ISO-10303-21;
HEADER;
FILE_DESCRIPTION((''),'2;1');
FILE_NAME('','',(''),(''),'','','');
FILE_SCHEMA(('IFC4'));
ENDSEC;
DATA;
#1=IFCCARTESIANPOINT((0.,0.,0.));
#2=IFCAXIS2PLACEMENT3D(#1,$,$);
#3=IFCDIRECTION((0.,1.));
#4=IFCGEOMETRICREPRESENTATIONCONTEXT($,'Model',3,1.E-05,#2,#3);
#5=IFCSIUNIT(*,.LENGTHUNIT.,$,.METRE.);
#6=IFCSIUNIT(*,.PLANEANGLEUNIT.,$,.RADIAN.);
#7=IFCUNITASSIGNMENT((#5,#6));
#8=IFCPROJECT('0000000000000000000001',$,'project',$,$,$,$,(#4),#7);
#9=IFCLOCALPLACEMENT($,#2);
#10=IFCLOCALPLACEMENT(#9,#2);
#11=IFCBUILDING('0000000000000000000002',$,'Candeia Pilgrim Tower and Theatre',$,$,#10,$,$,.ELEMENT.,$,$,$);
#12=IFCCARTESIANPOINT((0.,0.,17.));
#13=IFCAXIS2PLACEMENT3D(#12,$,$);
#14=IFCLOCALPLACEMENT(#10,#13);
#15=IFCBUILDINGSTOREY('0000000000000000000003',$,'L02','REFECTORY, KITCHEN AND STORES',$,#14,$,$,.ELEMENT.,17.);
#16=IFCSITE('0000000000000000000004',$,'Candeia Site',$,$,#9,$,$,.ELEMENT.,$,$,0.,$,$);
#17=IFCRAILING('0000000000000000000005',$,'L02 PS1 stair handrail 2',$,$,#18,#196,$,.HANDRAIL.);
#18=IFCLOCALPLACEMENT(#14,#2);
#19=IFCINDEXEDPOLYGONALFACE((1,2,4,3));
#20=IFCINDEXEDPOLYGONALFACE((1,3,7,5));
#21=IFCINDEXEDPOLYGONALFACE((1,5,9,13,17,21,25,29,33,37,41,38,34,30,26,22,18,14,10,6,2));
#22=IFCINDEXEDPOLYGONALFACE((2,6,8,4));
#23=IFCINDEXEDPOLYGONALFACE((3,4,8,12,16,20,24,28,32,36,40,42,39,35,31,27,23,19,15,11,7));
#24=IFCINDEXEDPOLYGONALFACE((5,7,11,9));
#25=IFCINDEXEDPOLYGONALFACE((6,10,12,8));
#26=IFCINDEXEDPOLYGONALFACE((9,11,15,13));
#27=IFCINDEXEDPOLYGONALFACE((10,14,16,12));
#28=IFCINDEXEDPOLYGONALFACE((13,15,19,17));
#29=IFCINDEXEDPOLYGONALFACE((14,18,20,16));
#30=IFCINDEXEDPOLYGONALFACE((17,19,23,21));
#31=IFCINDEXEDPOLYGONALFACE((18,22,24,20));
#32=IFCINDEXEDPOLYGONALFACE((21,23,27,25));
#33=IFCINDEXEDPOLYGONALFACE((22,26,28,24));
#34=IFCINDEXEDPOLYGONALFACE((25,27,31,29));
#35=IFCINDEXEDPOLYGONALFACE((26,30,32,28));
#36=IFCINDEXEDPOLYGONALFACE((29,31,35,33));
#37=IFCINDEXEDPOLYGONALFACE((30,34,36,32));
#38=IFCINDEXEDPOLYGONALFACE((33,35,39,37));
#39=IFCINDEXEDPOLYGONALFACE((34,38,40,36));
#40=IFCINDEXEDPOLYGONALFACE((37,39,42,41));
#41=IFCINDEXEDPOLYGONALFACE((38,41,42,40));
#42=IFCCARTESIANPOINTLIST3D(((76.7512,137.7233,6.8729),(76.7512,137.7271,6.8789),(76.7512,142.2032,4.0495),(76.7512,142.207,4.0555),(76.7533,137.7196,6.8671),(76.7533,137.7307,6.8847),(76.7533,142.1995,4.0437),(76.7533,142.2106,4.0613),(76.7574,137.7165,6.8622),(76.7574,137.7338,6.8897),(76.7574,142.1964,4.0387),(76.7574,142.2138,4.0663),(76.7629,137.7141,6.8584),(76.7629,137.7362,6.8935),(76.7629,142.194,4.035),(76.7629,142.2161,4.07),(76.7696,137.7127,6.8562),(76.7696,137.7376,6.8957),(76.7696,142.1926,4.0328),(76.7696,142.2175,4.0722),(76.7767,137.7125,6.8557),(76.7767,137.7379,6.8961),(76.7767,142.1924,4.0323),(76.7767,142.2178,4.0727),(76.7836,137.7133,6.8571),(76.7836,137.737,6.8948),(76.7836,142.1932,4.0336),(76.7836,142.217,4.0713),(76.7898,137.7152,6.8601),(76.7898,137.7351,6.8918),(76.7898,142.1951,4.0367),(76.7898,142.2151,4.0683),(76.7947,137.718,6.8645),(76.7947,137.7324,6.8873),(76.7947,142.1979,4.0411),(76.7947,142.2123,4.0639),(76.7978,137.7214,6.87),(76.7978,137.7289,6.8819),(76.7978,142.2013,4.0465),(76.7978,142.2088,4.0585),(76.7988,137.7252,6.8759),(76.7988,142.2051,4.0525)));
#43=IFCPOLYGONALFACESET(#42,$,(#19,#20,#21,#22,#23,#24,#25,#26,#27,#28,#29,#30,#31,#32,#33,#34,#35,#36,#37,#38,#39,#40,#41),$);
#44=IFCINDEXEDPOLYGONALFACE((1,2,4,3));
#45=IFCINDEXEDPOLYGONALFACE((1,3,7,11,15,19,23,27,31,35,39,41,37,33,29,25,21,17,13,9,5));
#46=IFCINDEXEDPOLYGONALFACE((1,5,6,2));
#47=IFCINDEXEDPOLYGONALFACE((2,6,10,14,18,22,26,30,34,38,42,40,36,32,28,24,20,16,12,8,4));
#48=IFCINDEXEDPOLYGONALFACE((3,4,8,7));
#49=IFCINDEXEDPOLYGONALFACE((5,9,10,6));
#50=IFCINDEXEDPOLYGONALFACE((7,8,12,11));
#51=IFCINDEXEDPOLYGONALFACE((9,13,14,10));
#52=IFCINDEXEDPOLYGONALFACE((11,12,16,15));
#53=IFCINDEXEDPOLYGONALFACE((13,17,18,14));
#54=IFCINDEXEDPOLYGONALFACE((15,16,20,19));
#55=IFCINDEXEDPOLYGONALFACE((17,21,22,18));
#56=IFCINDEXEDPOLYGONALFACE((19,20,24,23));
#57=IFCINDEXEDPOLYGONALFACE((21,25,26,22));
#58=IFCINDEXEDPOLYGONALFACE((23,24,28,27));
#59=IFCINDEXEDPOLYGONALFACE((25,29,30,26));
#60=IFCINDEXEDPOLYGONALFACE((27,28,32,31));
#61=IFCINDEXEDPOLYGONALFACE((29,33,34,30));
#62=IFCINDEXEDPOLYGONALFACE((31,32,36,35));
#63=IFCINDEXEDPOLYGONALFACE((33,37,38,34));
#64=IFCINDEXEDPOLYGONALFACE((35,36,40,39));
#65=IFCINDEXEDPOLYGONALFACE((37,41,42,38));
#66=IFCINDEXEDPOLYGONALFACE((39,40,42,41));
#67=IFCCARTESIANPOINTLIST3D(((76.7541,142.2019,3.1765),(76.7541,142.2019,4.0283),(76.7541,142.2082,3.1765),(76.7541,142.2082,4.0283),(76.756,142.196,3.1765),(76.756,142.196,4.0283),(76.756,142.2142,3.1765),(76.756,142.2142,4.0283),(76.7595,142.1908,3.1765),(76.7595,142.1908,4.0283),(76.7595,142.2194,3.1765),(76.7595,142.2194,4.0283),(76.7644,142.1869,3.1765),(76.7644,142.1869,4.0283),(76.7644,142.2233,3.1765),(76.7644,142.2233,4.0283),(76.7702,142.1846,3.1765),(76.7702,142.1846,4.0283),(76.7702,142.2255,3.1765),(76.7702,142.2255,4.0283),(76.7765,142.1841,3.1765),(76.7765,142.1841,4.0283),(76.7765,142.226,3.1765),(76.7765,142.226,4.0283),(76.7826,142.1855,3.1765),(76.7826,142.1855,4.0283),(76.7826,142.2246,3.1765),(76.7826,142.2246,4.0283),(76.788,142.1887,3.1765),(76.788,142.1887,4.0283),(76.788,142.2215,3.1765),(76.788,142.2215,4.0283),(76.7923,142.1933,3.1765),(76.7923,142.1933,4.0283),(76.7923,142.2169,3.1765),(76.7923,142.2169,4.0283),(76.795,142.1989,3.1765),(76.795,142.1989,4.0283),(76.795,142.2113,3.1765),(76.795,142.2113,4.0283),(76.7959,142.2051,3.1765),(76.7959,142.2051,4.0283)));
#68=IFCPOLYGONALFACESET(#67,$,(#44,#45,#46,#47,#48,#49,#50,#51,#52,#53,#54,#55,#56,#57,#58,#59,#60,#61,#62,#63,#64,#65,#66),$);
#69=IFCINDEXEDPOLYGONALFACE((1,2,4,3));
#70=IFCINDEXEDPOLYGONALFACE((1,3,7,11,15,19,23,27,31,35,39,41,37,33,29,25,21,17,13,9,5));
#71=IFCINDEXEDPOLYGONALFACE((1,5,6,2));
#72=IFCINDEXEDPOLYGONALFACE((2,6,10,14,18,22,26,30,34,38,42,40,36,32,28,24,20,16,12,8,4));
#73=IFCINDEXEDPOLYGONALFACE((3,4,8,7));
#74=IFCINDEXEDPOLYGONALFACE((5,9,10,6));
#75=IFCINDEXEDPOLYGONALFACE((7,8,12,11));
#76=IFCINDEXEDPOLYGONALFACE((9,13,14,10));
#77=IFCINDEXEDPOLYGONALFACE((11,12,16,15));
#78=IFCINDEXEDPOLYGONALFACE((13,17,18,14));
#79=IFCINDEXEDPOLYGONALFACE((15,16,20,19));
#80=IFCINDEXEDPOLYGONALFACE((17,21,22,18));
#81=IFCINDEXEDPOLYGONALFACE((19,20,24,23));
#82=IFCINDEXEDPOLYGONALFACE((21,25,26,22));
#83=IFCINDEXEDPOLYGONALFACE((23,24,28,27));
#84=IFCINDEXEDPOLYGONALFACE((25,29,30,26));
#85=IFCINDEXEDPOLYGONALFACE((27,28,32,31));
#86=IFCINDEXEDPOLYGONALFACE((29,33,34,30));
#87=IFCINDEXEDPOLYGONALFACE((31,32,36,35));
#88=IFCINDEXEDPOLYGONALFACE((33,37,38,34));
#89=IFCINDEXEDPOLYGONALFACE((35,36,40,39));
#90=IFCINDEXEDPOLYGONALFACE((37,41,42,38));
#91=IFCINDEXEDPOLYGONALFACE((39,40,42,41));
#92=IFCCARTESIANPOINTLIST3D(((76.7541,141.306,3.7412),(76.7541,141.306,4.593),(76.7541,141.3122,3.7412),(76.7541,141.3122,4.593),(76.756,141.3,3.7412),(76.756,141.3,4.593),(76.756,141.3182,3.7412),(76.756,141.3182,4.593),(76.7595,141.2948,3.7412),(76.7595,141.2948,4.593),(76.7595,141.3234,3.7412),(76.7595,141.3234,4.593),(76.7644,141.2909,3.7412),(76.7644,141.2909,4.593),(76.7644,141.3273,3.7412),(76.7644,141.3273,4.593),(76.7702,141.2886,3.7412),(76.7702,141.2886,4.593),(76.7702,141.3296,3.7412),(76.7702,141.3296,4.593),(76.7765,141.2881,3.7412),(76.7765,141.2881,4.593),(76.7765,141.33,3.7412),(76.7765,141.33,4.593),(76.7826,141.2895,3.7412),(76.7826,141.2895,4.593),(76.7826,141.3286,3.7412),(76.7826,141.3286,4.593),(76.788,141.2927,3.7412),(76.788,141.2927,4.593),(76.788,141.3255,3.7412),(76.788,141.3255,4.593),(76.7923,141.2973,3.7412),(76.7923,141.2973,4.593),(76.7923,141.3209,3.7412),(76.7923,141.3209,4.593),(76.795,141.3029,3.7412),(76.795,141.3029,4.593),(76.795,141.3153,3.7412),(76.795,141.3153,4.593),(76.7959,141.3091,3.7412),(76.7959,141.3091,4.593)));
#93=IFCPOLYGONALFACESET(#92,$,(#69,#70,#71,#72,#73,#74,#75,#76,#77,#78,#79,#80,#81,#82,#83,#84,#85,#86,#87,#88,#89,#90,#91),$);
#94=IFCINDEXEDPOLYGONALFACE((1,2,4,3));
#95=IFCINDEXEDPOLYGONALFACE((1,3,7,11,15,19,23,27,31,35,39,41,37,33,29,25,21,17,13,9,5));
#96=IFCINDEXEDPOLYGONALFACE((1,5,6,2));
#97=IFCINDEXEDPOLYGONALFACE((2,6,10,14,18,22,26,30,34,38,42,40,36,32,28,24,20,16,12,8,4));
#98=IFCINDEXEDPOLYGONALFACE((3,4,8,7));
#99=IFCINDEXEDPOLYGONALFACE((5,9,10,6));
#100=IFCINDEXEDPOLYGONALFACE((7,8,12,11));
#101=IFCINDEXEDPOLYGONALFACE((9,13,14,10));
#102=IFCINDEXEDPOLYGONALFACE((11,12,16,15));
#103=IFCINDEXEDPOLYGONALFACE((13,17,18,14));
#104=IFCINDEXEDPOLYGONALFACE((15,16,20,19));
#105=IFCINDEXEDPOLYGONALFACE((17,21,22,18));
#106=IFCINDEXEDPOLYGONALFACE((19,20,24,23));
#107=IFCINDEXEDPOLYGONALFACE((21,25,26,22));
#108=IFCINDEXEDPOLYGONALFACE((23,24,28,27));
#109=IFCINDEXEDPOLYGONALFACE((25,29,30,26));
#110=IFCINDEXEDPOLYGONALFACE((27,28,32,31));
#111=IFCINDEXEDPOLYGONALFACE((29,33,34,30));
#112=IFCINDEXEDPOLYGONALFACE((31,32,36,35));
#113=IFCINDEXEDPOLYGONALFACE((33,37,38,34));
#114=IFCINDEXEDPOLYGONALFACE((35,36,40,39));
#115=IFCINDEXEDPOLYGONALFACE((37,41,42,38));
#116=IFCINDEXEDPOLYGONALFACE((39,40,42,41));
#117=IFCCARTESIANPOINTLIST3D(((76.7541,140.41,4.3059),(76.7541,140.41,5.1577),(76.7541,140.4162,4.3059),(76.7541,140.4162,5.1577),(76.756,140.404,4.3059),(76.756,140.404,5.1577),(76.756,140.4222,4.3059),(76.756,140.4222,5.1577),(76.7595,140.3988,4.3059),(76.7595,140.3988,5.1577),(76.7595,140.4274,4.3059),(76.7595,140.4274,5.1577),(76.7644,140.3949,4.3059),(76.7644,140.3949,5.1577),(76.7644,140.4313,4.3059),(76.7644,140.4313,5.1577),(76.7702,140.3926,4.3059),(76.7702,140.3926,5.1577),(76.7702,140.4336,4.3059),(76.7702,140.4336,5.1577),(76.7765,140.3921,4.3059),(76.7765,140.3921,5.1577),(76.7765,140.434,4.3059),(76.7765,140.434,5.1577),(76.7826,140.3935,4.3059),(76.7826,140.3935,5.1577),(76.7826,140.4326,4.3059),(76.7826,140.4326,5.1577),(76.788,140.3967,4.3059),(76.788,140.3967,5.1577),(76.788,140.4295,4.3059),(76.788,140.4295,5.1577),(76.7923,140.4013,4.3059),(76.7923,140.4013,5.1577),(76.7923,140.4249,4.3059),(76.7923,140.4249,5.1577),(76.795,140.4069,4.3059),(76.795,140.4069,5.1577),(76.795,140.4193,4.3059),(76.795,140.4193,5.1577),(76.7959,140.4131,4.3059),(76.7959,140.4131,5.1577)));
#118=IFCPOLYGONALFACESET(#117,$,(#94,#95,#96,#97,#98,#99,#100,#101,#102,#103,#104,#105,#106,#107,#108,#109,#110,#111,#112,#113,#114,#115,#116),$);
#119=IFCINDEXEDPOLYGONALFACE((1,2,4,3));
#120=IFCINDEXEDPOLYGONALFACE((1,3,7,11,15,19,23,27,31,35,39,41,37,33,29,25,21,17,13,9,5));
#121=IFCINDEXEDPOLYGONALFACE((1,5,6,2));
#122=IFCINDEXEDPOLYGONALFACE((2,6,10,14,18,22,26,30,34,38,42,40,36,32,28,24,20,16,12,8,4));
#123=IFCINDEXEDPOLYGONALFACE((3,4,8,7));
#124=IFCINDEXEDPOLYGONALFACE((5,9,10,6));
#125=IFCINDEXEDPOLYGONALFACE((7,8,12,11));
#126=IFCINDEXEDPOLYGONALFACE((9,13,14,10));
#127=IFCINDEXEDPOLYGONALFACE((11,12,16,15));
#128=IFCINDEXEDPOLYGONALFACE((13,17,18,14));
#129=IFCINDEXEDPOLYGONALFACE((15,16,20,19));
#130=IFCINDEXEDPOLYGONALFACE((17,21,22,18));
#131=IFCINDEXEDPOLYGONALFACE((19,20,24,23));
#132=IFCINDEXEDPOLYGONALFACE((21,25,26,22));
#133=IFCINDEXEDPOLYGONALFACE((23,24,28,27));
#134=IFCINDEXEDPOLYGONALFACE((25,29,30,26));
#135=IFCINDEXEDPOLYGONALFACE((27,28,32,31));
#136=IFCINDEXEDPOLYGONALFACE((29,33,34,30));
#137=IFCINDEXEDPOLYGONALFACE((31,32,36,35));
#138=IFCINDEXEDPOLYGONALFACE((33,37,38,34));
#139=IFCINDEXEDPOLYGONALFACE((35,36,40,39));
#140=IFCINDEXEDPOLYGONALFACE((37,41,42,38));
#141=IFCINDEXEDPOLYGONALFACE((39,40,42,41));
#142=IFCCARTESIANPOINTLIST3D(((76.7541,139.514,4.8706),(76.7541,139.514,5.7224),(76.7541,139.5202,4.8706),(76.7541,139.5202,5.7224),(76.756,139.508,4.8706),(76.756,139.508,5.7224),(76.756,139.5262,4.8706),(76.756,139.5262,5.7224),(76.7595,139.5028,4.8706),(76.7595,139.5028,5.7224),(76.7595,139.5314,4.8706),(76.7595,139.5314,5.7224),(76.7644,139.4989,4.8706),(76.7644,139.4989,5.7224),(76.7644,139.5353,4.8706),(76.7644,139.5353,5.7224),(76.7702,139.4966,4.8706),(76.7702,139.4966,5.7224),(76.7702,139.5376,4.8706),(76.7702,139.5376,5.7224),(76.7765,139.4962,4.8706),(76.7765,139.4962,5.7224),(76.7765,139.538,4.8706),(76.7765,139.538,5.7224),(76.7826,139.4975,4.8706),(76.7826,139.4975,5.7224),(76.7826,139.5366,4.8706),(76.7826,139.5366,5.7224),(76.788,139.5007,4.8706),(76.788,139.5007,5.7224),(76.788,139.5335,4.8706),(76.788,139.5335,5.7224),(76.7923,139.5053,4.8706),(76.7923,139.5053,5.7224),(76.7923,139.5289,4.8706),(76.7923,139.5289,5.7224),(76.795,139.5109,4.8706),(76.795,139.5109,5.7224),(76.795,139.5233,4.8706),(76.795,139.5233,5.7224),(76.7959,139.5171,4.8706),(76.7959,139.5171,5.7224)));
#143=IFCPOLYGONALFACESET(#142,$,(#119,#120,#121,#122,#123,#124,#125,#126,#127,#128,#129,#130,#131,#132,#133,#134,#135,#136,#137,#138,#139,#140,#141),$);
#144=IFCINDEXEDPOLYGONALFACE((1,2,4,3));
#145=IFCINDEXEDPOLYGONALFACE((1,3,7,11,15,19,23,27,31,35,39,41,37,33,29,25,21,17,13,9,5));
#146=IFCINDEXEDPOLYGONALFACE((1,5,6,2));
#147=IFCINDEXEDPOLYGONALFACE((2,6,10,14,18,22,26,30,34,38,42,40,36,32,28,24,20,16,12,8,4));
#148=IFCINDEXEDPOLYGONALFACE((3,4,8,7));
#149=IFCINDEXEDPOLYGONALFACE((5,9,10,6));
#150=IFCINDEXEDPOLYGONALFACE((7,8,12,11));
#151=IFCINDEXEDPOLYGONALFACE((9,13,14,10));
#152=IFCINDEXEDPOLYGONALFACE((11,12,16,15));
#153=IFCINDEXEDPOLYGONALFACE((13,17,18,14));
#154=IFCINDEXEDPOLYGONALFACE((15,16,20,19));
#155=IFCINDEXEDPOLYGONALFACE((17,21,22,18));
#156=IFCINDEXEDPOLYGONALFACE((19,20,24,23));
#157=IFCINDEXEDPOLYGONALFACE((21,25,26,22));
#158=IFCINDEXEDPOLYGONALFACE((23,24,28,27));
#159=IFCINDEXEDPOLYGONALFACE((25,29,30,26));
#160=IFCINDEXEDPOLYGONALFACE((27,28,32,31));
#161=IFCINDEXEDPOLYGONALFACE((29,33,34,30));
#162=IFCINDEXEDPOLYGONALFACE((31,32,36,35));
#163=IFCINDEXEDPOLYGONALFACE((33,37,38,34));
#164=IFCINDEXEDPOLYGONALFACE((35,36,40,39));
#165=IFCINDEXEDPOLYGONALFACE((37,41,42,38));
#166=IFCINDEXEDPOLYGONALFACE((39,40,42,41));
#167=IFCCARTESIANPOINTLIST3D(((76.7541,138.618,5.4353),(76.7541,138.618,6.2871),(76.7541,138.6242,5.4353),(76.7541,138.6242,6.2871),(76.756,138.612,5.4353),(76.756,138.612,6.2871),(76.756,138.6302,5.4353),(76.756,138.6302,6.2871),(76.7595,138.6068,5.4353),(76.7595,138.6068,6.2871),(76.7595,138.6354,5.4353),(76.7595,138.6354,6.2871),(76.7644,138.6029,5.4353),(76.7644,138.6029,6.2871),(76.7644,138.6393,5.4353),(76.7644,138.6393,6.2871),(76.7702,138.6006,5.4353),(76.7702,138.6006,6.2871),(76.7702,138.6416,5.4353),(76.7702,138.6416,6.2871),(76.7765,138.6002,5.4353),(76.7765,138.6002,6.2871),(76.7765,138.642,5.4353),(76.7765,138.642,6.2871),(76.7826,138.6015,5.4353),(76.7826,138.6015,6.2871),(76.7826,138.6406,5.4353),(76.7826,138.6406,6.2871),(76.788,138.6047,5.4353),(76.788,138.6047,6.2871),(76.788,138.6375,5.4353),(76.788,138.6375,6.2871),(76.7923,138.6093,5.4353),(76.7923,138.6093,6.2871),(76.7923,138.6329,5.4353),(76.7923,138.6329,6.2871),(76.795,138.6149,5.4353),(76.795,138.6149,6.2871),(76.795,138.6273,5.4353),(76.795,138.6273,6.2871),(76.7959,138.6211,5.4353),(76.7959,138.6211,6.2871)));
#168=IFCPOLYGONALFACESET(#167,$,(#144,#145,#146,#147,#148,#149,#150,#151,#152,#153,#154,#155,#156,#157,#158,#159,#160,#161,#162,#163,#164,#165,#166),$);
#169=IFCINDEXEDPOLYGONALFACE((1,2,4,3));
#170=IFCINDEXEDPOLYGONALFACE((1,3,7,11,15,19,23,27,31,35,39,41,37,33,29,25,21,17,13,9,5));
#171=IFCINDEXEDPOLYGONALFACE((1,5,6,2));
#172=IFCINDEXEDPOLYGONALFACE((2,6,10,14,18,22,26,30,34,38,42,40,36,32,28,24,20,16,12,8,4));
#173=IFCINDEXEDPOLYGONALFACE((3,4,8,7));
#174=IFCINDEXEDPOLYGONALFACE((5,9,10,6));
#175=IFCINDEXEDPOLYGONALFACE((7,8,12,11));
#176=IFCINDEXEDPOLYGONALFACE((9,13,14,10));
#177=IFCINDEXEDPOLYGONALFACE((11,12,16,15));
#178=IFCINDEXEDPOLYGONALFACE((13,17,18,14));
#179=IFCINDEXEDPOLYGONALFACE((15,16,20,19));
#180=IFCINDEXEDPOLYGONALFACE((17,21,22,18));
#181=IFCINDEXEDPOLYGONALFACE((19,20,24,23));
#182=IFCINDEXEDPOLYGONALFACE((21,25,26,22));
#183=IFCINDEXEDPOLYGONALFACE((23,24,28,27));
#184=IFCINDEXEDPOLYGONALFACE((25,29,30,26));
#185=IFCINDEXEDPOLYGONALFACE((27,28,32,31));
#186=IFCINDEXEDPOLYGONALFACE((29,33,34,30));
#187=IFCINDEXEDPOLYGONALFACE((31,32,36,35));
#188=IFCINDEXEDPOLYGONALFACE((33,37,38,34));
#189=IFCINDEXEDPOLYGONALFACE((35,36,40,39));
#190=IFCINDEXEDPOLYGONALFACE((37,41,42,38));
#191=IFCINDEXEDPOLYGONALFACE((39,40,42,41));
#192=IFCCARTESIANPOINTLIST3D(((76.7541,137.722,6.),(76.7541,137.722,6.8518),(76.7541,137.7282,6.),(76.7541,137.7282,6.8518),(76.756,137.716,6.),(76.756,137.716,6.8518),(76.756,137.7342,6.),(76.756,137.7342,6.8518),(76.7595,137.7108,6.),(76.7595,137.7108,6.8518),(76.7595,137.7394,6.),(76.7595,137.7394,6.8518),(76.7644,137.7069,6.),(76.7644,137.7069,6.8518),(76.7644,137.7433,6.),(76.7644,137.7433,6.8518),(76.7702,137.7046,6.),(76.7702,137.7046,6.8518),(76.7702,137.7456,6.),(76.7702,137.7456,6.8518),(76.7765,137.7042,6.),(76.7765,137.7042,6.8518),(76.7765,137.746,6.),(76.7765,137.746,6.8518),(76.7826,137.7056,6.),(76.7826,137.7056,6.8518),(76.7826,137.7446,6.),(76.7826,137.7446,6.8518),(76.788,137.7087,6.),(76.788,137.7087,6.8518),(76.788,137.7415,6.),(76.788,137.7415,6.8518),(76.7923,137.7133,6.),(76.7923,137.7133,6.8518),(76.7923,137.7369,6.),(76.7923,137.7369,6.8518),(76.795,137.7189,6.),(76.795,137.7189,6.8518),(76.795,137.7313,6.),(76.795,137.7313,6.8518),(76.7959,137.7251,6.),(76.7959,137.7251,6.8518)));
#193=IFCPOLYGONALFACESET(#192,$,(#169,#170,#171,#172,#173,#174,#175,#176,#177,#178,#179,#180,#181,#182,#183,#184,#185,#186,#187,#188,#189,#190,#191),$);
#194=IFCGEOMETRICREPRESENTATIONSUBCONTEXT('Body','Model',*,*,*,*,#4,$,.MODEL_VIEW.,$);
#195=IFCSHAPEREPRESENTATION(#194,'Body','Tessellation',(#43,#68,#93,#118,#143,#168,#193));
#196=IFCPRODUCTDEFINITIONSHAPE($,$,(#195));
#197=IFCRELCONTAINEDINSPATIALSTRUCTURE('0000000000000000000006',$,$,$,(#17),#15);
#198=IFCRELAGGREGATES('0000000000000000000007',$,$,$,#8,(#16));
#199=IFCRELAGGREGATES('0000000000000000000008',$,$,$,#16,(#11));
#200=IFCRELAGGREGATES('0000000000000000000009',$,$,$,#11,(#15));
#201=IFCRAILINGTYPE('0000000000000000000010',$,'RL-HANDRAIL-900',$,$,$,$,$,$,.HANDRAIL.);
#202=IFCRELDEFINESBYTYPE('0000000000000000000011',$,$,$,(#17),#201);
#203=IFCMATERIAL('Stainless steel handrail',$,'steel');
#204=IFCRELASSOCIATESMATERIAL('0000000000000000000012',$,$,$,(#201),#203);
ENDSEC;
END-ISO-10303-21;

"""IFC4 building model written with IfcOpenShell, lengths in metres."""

from ifc_helpers import new_model, si_unit, direction, frame, origin, origin_2d, place, context, subcontext, project, spatial, circle, extrude, material, type_object, element, save


model = new_model("IFC4")

# Units and contexts
model_context = context("Model", 3, precision=1e-05, world=origin(), true_north=direction((0.0, 1.0)))
body_context = subcontext(model_context, "Body", "Model", "MODEL_VIEW")
ifc_project = project(units=[si_unit("LENGTHUNIT", "METRE"), si_unit("PLANEANGLEUNIT", "RADIAN")], contexts=[model_context])

# Site, building, storey
site_placement = place(None, origin())
site = spatial("IfcSite", under=ifc_project, at=site_placement, Name="Candeia Site", CompositionType="ELEMENT", RefElevation=0.0)
building_placement = place(site_placement, origin())
building = spatial("IfcBuilding", under=site, at=building_placement, Name="Candeia Pilgrim Tower and Theatre", CompositionType="ELEMENT")
storey_placement = place(building_placement, frame((0.0, 0.0, 17.0)))
storey = spatial("IfcBuildingStorey", under=building, at=storey_placement, Name="L02", Description="REFECTORY, KITCHEN AND STORES", CompositionType="ELEMENT", Elevation=17.0)

# Railing
ifc_material_1 = material(Name="Stainless steel handrail", Category="steel")
railing_type_1 = type_object("IfcRailingType", Name="RL-HANDRAIL-900", PredefinedType="HANDRAIL", material=ifc_material_1)
railing_1_placement = place(storey_placement, frame((76.7749, 142.2051, 3.1765)))
element("IfcRailing", 1, at=railing_1_placement, inside=storey, type_object=railing_type_1, Name="L02 PS1 stair handrail 2", PredefinedType="HANDRAIL", context=body_context, shape_type="SweptSolid", body=[
    extrude(circle(Radius=0.0239, at=origin_2d()), frame((0.0, 0.0, 0.876), z_axis=(0.0, -0.845998, 0.533186), x_axis=(1.0, 0.0, 0.0)), (0.0, 0.0, 1.0), 5.2954),
    extrude(circle(Radius=0.021, at=origin_2d()), origin(), (0.0, 0.0, 1.0), 0.8518),
    extrude(circle(Radius=0.021, at=origin_2d()), frame((0.0, -0.896, 0.5647)), (0.0, 0.0, 1.0), 0.8518),
    extrude(circle(Radius=0.021, at=origin_2d()), frame((0.0, -1.792, 1.1294)), (0.0, 0.0, 1.0), 0.8518),
    extrude(circle(Radius=0.021, at=origin_2d()), frame((0.0, -2.688, 1.6941)), (0.0, 0.0, 1.0), 0.8518),
    extrude(circle(Radius=0.021, at=origin_2d()), frame((0.0, -3.584, 2.2588)), (0.0, 0.0, 1.0), 0.8518),
    extrude(circle(Radius=0.021, at=origin_2d()), frame((0.0, -4.48, 2.8235)), (0.0, 0.0, 1.0), 0.8518),
])

save(model, "model.ifc")
